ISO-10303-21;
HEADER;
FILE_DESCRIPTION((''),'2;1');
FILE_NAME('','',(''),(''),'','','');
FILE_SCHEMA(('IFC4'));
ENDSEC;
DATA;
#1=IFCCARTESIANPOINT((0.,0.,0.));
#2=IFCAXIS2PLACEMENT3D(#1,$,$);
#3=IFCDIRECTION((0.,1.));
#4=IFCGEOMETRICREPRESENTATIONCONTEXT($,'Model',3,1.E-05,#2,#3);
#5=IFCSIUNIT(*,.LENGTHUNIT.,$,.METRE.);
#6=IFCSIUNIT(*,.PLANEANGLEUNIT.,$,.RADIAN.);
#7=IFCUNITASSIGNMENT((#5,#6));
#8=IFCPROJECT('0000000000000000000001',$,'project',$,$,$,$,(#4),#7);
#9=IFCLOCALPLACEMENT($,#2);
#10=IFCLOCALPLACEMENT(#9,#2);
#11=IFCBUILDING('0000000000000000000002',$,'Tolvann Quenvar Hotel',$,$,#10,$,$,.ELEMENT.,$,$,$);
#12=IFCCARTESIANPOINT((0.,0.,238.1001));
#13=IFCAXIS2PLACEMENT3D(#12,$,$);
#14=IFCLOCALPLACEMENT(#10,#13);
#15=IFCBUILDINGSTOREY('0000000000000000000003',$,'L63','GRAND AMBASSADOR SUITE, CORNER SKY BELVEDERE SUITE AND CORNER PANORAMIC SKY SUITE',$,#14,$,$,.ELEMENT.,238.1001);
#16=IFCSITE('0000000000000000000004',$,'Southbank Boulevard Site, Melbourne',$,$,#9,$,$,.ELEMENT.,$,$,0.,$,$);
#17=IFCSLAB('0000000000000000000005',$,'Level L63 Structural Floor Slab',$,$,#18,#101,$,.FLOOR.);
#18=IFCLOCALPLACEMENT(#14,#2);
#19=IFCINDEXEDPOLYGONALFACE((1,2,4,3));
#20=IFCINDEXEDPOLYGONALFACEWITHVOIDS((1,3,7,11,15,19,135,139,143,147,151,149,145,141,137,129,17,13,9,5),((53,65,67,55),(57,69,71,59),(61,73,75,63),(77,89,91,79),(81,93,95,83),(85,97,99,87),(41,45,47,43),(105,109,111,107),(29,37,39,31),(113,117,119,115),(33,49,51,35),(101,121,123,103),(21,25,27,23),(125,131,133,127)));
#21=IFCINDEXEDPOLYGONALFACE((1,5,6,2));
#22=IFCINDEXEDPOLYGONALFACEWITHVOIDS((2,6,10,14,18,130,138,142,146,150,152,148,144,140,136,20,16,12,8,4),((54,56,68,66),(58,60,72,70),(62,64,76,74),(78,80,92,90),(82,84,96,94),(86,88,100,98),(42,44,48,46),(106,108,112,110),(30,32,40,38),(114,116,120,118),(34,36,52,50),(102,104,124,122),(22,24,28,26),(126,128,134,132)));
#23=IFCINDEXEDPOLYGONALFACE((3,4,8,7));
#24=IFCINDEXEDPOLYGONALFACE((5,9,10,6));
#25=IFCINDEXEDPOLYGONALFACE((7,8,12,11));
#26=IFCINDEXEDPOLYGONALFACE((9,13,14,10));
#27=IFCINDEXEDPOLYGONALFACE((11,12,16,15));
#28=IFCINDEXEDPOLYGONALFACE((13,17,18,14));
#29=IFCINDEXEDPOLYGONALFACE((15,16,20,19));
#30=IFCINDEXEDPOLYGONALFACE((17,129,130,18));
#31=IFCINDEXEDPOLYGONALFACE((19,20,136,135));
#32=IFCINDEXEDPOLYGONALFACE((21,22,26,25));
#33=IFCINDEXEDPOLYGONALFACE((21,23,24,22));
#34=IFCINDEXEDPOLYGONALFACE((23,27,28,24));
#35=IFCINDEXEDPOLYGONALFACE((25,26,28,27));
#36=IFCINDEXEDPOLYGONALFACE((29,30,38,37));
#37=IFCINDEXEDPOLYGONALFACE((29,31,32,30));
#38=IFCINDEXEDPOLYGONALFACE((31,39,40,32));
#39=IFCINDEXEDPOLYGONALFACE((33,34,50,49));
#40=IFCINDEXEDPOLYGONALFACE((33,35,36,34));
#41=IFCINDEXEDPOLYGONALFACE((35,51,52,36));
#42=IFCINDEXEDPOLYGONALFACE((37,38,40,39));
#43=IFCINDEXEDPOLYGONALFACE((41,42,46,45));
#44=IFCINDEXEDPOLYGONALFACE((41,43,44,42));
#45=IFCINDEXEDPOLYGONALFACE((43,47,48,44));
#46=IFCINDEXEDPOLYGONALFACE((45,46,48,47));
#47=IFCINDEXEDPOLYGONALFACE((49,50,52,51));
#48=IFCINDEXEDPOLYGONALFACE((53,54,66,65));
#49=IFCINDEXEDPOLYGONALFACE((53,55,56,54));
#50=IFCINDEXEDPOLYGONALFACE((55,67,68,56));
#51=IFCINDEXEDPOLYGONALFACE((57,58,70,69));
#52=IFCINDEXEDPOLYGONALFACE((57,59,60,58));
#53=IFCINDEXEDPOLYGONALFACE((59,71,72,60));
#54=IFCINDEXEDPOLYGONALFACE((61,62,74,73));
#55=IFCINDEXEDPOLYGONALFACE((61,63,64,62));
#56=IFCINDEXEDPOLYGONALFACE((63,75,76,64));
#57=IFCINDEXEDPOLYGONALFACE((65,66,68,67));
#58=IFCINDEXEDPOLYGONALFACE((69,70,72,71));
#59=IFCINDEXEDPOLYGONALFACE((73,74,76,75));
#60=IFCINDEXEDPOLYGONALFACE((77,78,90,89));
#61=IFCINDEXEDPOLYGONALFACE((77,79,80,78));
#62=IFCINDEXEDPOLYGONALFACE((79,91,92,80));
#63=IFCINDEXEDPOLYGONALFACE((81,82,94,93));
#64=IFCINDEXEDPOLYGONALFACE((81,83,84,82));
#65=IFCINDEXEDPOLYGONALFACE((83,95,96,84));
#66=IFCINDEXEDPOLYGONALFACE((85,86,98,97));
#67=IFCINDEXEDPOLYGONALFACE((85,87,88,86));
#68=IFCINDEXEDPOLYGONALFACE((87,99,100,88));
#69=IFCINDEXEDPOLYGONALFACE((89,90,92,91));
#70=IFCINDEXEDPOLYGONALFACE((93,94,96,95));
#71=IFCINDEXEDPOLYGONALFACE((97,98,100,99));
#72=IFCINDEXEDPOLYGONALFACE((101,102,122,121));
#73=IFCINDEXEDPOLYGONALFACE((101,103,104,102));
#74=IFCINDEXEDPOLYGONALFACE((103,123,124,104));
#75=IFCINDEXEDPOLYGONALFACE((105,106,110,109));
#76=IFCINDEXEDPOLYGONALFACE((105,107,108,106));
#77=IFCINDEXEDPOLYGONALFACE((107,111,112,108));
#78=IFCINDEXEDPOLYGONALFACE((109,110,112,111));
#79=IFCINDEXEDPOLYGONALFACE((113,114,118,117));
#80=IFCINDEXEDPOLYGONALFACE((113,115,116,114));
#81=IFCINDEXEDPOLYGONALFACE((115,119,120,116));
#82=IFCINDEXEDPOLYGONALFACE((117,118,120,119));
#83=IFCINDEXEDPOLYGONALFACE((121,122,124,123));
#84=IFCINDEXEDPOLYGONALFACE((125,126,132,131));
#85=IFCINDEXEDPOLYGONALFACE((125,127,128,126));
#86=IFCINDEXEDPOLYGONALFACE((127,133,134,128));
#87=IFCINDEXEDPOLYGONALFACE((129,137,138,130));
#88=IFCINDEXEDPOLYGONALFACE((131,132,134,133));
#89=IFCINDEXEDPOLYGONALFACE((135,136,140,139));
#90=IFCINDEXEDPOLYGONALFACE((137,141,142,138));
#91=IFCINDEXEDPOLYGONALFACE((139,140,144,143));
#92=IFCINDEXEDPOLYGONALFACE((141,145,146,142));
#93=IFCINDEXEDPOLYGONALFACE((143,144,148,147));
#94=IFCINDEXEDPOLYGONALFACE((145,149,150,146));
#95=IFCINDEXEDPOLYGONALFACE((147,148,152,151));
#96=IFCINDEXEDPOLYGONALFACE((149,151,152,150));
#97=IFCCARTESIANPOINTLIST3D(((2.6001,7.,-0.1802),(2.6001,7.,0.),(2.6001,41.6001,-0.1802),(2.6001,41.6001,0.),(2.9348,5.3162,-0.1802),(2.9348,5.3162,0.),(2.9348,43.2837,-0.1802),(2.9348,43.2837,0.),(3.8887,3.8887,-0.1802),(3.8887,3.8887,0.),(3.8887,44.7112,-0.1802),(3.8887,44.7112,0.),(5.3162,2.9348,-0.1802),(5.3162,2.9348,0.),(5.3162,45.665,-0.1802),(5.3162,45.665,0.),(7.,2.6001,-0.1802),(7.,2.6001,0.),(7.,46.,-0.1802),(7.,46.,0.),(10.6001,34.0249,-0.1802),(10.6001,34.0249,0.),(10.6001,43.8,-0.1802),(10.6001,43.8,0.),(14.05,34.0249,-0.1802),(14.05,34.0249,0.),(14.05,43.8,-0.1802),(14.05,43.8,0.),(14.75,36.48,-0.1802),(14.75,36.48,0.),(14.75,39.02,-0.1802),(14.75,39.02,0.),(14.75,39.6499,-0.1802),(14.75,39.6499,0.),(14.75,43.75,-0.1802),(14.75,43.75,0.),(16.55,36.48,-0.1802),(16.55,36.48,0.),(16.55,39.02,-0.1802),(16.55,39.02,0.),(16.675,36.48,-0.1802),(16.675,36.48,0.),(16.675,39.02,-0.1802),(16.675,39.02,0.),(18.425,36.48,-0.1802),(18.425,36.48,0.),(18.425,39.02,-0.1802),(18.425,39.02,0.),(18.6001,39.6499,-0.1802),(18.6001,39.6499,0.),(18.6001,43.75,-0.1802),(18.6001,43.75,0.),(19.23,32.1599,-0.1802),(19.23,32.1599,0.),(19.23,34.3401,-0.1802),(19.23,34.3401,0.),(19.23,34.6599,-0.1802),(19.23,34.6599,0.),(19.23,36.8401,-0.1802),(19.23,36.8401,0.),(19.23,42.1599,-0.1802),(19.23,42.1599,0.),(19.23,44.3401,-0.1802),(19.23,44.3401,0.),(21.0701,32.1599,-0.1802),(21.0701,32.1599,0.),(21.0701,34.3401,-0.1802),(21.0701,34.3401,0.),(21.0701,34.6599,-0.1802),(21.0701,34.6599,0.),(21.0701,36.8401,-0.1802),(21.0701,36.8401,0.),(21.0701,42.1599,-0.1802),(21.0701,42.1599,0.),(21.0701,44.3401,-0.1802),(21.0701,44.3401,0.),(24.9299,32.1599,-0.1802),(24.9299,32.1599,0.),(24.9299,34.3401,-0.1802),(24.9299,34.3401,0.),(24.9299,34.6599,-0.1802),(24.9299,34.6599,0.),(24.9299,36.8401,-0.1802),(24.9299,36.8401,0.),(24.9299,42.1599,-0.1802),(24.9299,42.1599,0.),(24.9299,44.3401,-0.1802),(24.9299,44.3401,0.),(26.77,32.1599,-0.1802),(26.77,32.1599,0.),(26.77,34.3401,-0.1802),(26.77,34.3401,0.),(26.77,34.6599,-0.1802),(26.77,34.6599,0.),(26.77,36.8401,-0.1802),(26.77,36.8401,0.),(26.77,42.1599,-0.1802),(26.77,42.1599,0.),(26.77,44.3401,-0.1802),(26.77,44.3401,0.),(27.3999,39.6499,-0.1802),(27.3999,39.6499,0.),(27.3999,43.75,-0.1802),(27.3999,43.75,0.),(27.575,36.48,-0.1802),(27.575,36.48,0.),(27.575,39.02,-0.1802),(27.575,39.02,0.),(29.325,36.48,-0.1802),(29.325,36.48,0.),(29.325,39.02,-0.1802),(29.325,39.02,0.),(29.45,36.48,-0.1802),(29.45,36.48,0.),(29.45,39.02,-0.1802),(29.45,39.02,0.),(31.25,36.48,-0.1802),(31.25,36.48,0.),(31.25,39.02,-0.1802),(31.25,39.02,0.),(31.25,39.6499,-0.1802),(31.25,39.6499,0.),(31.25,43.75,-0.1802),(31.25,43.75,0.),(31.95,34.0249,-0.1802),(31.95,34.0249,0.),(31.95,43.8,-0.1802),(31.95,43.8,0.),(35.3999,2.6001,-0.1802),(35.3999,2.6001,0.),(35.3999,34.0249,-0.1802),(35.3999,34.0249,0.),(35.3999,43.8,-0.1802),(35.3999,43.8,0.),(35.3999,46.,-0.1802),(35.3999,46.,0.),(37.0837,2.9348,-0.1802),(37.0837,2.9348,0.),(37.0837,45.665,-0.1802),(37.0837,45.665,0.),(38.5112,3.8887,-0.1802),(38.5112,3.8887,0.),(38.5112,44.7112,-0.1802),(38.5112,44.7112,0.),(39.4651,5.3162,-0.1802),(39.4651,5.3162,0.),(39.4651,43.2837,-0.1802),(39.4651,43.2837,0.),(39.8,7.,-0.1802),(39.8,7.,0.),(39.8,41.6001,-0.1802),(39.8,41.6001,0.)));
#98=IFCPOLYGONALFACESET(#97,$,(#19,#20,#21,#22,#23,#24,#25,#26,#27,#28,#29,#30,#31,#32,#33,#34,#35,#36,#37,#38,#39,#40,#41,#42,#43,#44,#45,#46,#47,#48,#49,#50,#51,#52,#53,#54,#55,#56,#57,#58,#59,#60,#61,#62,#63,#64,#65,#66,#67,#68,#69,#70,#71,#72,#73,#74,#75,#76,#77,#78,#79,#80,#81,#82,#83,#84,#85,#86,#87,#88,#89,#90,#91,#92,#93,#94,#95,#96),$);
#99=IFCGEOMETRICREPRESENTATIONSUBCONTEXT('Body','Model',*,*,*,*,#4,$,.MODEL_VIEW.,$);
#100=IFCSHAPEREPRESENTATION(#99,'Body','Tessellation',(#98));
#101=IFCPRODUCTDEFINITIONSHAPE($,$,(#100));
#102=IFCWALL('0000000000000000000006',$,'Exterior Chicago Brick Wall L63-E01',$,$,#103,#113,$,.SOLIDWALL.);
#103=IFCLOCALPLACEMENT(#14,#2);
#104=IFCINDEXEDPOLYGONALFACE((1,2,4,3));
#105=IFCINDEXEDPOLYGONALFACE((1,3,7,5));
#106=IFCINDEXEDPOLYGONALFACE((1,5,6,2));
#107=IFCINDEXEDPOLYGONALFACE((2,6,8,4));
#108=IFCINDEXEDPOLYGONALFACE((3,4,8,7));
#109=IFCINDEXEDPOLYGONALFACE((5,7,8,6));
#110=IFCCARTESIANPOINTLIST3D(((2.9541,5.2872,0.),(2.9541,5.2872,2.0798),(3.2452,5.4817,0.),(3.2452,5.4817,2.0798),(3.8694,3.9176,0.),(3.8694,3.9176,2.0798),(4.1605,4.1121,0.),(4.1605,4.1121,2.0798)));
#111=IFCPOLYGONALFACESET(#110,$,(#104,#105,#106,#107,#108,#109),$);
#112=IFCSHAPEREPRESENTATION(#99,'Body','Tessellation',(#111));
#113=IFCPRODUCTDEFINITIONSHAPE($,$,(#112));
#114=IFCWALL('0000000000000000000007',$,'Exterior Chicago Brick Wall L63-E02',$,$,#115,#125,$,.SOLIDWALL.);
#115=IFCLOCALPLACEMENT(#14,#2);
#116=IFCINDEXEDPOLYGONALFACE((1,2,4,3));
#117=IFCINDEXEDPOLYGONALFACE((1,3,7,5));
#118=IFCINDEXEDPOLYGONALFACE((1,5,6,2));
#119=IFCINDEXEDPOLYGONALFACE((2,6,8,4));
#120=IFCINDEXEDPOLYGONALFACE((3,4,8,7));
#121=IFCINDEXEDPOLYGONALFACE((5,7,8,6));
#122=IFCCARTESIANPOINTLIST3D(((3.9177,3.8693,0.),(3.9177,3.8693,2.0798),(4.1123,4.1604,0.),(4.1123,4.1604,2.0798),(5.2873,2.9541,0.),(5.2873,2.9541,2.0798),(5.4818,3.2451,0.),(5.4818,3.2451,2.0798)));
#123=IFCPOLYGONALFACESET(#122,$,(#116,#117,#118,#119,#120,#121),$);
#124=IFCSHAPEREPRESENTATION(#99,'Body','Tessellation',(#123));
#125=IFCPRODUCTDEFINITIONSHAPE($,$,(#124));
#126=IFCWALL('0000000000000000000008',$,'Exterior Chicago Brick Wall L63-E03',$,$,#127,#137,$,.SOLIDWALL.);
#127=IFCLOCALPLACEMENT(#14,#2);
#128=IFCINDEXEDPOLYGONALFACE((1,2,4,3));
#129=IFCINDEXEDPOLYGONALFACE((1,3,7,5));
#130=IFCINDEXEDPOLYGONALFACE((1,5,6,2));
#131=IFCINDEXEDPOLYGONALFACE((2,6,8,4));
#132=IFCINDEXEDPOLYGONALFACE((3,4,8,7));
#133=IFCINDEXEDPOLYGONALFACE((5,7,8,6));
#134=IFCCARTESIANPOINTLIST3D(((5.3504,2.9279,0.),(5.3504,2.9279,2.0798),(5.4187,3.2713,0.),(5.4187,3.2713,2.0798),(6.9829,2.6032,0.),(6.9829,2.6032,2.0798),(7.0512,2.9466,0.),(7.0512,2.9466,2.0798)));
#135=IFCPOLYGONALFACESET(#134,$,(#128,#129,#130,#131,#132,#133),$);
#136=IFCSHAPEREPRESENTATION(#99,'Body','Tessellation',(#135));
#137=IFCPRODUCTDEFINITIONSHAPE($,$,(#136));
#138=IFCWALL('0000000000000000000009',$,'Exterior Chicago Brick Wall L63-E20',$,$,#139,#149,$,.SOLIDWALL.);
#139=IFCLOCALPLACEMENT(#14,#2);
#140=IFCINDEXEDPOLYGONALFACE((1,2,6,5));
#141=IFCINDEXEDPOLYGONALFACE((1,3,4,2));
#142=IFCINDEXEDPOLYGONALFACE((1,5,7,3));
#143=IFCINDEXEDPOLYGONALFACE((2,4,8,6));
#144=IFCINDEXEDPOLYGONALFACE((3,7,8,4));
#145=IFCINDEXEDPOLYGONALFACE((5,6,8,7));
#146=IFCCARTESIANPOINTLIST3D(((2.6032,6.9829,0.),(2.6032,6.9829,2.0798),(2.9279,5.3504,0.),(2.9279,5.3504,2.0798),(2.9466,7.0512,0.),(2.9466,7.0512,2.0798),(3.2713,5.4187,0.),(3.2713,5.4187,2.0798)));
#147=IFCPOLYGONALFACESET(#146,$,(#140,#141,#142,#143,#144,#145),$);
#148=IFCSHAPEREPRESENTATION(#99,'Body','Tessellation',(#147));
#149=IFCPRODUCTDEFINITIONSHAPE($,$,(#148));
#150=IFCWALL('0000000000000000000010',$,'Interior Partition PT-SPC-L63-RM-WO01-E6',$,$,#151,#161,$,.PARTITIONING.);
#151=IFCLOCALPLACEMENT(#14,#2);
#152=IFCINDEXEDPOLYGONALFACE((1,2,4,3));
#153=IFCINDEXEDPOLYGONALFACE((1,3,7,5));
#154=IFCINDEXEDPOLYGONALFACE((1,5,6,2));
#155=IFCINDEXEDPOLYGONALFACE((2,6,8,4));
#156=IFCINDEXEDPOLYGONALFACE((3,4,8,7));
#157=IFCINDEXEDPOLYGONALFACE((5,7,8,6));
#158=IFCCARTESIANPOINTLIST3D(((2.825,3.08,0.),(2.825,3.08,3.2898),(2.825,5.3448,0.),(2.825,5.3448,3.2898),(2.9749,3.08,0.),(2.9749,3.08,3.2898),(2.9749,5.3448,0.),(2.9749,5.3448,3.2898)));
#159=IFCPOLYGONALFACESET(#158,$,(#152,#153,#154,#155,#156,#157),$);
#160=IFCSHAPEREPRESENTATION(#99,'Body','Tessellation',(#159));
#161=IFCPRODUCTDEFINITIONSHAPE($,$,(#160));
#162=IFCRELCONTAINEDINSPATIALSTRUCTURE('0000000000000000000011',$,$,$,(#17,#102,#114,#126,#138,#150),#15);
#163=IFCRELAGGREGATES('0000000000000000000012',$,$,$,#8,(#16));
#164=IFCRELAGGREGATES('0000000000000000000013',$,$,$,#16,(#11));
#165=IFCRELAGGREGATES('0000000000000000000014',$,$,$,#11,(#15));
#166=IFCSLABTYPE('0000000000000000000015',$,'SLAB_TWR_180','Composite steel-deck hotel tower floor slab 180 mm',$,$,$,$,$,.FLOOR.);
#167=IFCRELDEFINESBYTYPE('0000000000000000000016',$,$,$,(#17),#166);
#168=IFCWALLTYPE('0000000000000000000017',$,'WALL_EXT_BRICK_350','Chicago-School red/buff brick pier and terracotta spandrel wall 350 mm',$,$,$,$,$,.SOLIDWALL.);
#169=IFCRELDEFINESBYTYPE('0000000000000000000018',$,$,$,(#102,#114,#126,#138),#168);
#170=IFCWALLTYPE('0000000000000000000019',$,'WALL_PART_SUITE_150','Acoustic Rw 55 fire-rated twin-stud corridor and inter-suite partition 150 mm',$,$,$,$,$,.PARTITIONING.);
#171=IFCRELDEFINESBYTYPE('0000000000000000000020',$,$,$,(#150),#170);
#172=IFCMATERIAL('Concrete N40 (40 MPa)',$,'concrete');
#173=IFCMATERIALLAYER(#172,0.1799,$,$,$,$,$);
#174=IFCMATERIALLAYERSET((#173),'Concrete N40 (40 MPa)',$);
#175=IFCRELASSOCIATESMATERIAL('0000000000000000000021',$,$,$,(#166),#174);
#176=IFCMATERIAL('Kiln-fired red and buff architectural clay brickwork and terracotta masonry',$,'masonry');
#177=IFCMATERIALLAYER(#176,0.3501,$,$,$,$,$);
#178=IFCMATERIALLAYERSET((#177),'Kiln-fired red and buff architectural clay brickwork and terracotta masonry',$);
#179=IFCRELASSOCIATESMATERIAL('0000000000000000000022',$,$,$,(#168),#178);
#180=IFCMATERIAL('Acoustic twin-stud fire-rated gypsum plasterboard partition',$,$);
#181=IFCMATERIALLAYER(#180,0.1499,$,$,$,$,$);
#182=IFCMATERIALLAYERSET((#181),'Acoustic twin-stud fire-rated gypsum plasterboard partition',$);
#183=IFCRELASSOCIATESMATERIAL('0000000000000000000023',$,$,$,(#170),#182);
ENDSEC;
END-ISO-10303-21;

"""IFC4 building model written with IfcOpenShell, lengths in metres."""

from ifc_helpers import new_model, si_unit, direction, frame, frame_2d, origin, place, context, subcontext, project, spatial, polyline, rectangle, outline, extrude, material, layer, layer_set, type_object, element, save


model = new_model("IFC4")

# Units and contexts
model_context = context("Model", 3, precision=1e-05, world=origin(), true_north=direction((0.0, 1.0)))
body_context = subcontext(model_context, "Body", "Model", "MODEL_VIEW")
ifc_project = project(units=[si_unit("LENGTHUNIT", "METRE"), si_unit("PLANEANGLEUNIT", "RADIAN")], contexts=[model_context])

# Site, building, storey
site_placement = place(None, origin())
site = spatial("IfcSite", under=ifc_project, at=site_placement, Name="Southbank Boulevard Site, Melbourne", CompositionType="ELEMENT", RefElevation=0.0)
building_placement = place(site_placement, origin())
building = spatial("IfcBuilding", under=site, at=building_placement, Name="Tolvann Quenvar Hotel", CompositionType="ELEMENT")
storey_placement = place(building_placement, frame((0.0, 0.0, 238.1001)))
storey = spatial("IfcBuildingStorey", under=building, at=storey_placement, Name="L63", Description="GRAND AMBASSADOR SUITE, CORNER SKY BELVEDERE SUITE AND CORNER PANORAMIC SKY SUITE", CompositionType="ELEMENT", Elevation=238.1001)

# Shared definitions
ifc_material_1 = material(Name="Concrete N40 (40 MPa)", Category="concrete")

# Slab
ifc_layer_1 = layer(ifc_material_1, 0.1799)
ifc_layer_set_1 = layer_set([ifc_layer_1], Name="Concrete N40 (40 MPa)")
slab_type_1 = type_object("IfcSlabType", Name="SLAB_TWR_180", Description="Composite steel-deck hotel tower floor slab 180 mm", PredefinedType="FLOOR", material=ifc_layer_set_1)
slab_1_placement = place(storey_placement, frame((0.0, 0.0, -0.1802)))
element("IfcSlab", 1, at=slab_1_placement, inside=storey, type_object=slab_type_1, Name="Level L63 Structural Floor Slab", PredefinedType="FLOOR", context=body_context, shape_type="SweptSolid", body=[
    extrude(outline(polyline([(2.6001, 7.0), (2.9348, 5.3162), (3.8887, 3.8887), (5.3162, 2.9348), (7.0, 2.6001), (35.3999, 2.6001), (37.0837, 2.9348), (38.5112, 3.8887), (39.4651, 5.3162), (39.8, 7.0), (39.8, 41.6001), (39.4651, 43.2837), (38.5112, 44.7112), (37.0837, 45.665), (35.3999, 46.0), (7.0, 46.0), (5.3162, 45.665), (3.8887, 44.7112), (2.9348, 43.2837), (2.6001, 41.6001), (2.6001, 7.0)]), holes=[polyline([(31.95, 34.0249), (31.95, 43.8), (35.3999, 43.8), (35.3999, 34.0249), (31.95, 34.0249)]), polyline([(27.3999, 43.75), (31.25, 43.75), (31.25, 39.6499), (27.3999, 39.6499), (27.3999, 43.75)]), polyline([(29.45, 39.02), (31.25, 39.02), (31.25, 36.48), (29.45, 36.48), (29.45, 39.02)]), polyline([(27.575, 39.02), (29.325, 39.02), (29.325, 36.48), (27.575, 36.48), (27.575, 39.02)]), polyline([(24.9299, 36.8401), (26.77, 36.8401), (26.77, 34.6599), (24.9299, 34.6599), (24.9299, 36.8401)]), polyline([(24.9299, 44.3401), (26.77, 44.3401), (26.77, 42.1599), (24.9299, 42.1599), (24.9299, 44.3401)]), polyline([(24.9299, 32.1599), (24.9299, 34.3401), (26.77, 34.3401), (26.77, 32.1599), (24.9299, 32.1599)]), polyline([(19.23, 36.8401), (21.0701, 36.8401), (21.0701, 34.6599), (19.23, 34.6599), (19.23, 36.8401)]), polyline([(19.23, 44.3401), (21.0701, 44.3401), (21.0701, 42.1599), (19.23, 42.1599), (19.23, 44.3401)]), polyline([(19.23, 32.1599), (19.23, 34.3401), (21.0701, 34.3401), (21.0701, 32.1599), (19.23, 32.1599)]), polyline([(14.75, 43.75), (18.6001, 43.75), (18.6001, 39.6499), (14.75, 39.6499), (14.75, 43.75)]), polyline([(16.675, 39.02), (18.425, 39.02), (18.425, 36.48), (16.675, 36.48), (16.675, 39.02)]), polyline([(14.75, 39.02), (16.55, 39.02), (16.55, 36.48), (14.75, 36.48), (14.75, 39.02)]), polyline([(10.6001, 34.0249), (10.6001, 43.8), (14.05, 43.8), (14.05, 34.0249), (10.6001, 34.0249)])]), origin(), (0.0, 0.0, 1.0), 0.1802),
])

# Walls
ifc_material_2 = material(Name="Kiln-fired red and buff architectural clay brickwork and terracotta masonry", Category="masonry")
ifc_layer_2 = layer(ifc_material_2, 0.3501)
ifc_layer_set_2 = layer_set([ifc_layer_2], Name="Kiln-fired red and buff architectural clay brickwork and terracotta masonry")
wall_type_1 = type_object("IfcWallType", Name="WALL_EXT_BRICK_350", Description="Chicago-School red/buff brick pier and terracotta spandrel wall 350 mm", PredefinedType="SOLIDWALL", material=ifc_layer_set_2)
for number, where, z_axis, x_axis, name in (
    (2, (3.0996, 5.3845, 0.0), (0.0, 0.0, 1.0), (0.555623, -0.831434, 0.0), "Exterior Chicago Brick Wall L63-E01"),
    (3, (4.0149, 4.0149, 0.0), (0.0, 0.0, 1.0), (0.831434, -0.555623, 0.0), "Exterior Chicago Brick Wall L63-E02"),
):
    element("IfcWall", number, at=place(storey_placement, frame(where, z_axis=z_axis, x_axis=x_axis)), inside=storey, type_object=wall_type_1, Name=name, PredefinedType="SOLIDWALL", context=body_context, shape_type="SweptSolid", body=[
        extrude(rectangle(XDim=1.6472, YDim=0.3501, at=frame_2d((0.8237, 0.0))), origin(), (0.0, 0.0, 1.0), 2.0798),
    ])
for number, where, z_axis, x_axis, name in (
    (4, (5.3845, 3.0996, 0.0), (0.0, 0.0, 1.0), (0.980789, -0.195072, 0.0), "Exterior Chicago Brick Wall L63-E03"),
    (5, (2.7749, 7.0171, 0.0), (0.0, 0.0, 1.0), (0.195072, -0.980789, 0.0), "Exterior Chicago Brick Wall L63-E20"),
):
    element("IfcWall", number, at=place(storey_placement, frame(where, z_axis=z_axis, x_axis=x_axis)), inside=storey, type_object=wall_type_1, Name=name, PredefinedType="SOLIDWALL", context=body_context, shape_type="SweptSolid", body=[
        extrude(rectangle(XDim=1.6646, YDim=0.3501, at=frame_2d((0.8323, 0.0))), origin(), (0.0, 0.0, 1.0), 2.0798),
    ])
ifc_material_3 = material(Name="Acoustic twin-stud fire-rated gypsum plasterboard partition")
ifc_layer_3 = layer(ifc_material_3, 0.1499)
ifc_layer_set_3 = layer_set([ifc_layer_3], Name="Acoustic twin-stud fire-rated gypsum plasterboard partition")
wall_type_2 = type_object("IfcWallType", Name="WALL_PART_SUITE_150", Description="Acoustic Rw 55 fire-rated twin-stud corridor and inter-suite partition 150 mm", PredefinedType="PARTITIONING", material=ifc_layer_set_3)
wall_placement = place(storey_placement, frame((2.8999, 3.0801, 0.0), z_axis=(0.0, 0.0, 1.0), x_axis=(0.0, 1.0, 0.0)))
element("IfcWall", 6, at=wall_placement, inside=storey, type_object=wall_type_2, Name="Interior Partition PT-SPC-L63-RM-WO01-E6", PredefinedType="PARTITIONING", context=body_context, shape_type="SweptSolid", body=[
    extrude(rectangle(XDim=2.2649, YDim=0.1499, at=frame_2d((1.1323, 0.0))), origin(), (0.0, 0.0, 1.0), 3.2898),
])

save(model, "model.ifc")
